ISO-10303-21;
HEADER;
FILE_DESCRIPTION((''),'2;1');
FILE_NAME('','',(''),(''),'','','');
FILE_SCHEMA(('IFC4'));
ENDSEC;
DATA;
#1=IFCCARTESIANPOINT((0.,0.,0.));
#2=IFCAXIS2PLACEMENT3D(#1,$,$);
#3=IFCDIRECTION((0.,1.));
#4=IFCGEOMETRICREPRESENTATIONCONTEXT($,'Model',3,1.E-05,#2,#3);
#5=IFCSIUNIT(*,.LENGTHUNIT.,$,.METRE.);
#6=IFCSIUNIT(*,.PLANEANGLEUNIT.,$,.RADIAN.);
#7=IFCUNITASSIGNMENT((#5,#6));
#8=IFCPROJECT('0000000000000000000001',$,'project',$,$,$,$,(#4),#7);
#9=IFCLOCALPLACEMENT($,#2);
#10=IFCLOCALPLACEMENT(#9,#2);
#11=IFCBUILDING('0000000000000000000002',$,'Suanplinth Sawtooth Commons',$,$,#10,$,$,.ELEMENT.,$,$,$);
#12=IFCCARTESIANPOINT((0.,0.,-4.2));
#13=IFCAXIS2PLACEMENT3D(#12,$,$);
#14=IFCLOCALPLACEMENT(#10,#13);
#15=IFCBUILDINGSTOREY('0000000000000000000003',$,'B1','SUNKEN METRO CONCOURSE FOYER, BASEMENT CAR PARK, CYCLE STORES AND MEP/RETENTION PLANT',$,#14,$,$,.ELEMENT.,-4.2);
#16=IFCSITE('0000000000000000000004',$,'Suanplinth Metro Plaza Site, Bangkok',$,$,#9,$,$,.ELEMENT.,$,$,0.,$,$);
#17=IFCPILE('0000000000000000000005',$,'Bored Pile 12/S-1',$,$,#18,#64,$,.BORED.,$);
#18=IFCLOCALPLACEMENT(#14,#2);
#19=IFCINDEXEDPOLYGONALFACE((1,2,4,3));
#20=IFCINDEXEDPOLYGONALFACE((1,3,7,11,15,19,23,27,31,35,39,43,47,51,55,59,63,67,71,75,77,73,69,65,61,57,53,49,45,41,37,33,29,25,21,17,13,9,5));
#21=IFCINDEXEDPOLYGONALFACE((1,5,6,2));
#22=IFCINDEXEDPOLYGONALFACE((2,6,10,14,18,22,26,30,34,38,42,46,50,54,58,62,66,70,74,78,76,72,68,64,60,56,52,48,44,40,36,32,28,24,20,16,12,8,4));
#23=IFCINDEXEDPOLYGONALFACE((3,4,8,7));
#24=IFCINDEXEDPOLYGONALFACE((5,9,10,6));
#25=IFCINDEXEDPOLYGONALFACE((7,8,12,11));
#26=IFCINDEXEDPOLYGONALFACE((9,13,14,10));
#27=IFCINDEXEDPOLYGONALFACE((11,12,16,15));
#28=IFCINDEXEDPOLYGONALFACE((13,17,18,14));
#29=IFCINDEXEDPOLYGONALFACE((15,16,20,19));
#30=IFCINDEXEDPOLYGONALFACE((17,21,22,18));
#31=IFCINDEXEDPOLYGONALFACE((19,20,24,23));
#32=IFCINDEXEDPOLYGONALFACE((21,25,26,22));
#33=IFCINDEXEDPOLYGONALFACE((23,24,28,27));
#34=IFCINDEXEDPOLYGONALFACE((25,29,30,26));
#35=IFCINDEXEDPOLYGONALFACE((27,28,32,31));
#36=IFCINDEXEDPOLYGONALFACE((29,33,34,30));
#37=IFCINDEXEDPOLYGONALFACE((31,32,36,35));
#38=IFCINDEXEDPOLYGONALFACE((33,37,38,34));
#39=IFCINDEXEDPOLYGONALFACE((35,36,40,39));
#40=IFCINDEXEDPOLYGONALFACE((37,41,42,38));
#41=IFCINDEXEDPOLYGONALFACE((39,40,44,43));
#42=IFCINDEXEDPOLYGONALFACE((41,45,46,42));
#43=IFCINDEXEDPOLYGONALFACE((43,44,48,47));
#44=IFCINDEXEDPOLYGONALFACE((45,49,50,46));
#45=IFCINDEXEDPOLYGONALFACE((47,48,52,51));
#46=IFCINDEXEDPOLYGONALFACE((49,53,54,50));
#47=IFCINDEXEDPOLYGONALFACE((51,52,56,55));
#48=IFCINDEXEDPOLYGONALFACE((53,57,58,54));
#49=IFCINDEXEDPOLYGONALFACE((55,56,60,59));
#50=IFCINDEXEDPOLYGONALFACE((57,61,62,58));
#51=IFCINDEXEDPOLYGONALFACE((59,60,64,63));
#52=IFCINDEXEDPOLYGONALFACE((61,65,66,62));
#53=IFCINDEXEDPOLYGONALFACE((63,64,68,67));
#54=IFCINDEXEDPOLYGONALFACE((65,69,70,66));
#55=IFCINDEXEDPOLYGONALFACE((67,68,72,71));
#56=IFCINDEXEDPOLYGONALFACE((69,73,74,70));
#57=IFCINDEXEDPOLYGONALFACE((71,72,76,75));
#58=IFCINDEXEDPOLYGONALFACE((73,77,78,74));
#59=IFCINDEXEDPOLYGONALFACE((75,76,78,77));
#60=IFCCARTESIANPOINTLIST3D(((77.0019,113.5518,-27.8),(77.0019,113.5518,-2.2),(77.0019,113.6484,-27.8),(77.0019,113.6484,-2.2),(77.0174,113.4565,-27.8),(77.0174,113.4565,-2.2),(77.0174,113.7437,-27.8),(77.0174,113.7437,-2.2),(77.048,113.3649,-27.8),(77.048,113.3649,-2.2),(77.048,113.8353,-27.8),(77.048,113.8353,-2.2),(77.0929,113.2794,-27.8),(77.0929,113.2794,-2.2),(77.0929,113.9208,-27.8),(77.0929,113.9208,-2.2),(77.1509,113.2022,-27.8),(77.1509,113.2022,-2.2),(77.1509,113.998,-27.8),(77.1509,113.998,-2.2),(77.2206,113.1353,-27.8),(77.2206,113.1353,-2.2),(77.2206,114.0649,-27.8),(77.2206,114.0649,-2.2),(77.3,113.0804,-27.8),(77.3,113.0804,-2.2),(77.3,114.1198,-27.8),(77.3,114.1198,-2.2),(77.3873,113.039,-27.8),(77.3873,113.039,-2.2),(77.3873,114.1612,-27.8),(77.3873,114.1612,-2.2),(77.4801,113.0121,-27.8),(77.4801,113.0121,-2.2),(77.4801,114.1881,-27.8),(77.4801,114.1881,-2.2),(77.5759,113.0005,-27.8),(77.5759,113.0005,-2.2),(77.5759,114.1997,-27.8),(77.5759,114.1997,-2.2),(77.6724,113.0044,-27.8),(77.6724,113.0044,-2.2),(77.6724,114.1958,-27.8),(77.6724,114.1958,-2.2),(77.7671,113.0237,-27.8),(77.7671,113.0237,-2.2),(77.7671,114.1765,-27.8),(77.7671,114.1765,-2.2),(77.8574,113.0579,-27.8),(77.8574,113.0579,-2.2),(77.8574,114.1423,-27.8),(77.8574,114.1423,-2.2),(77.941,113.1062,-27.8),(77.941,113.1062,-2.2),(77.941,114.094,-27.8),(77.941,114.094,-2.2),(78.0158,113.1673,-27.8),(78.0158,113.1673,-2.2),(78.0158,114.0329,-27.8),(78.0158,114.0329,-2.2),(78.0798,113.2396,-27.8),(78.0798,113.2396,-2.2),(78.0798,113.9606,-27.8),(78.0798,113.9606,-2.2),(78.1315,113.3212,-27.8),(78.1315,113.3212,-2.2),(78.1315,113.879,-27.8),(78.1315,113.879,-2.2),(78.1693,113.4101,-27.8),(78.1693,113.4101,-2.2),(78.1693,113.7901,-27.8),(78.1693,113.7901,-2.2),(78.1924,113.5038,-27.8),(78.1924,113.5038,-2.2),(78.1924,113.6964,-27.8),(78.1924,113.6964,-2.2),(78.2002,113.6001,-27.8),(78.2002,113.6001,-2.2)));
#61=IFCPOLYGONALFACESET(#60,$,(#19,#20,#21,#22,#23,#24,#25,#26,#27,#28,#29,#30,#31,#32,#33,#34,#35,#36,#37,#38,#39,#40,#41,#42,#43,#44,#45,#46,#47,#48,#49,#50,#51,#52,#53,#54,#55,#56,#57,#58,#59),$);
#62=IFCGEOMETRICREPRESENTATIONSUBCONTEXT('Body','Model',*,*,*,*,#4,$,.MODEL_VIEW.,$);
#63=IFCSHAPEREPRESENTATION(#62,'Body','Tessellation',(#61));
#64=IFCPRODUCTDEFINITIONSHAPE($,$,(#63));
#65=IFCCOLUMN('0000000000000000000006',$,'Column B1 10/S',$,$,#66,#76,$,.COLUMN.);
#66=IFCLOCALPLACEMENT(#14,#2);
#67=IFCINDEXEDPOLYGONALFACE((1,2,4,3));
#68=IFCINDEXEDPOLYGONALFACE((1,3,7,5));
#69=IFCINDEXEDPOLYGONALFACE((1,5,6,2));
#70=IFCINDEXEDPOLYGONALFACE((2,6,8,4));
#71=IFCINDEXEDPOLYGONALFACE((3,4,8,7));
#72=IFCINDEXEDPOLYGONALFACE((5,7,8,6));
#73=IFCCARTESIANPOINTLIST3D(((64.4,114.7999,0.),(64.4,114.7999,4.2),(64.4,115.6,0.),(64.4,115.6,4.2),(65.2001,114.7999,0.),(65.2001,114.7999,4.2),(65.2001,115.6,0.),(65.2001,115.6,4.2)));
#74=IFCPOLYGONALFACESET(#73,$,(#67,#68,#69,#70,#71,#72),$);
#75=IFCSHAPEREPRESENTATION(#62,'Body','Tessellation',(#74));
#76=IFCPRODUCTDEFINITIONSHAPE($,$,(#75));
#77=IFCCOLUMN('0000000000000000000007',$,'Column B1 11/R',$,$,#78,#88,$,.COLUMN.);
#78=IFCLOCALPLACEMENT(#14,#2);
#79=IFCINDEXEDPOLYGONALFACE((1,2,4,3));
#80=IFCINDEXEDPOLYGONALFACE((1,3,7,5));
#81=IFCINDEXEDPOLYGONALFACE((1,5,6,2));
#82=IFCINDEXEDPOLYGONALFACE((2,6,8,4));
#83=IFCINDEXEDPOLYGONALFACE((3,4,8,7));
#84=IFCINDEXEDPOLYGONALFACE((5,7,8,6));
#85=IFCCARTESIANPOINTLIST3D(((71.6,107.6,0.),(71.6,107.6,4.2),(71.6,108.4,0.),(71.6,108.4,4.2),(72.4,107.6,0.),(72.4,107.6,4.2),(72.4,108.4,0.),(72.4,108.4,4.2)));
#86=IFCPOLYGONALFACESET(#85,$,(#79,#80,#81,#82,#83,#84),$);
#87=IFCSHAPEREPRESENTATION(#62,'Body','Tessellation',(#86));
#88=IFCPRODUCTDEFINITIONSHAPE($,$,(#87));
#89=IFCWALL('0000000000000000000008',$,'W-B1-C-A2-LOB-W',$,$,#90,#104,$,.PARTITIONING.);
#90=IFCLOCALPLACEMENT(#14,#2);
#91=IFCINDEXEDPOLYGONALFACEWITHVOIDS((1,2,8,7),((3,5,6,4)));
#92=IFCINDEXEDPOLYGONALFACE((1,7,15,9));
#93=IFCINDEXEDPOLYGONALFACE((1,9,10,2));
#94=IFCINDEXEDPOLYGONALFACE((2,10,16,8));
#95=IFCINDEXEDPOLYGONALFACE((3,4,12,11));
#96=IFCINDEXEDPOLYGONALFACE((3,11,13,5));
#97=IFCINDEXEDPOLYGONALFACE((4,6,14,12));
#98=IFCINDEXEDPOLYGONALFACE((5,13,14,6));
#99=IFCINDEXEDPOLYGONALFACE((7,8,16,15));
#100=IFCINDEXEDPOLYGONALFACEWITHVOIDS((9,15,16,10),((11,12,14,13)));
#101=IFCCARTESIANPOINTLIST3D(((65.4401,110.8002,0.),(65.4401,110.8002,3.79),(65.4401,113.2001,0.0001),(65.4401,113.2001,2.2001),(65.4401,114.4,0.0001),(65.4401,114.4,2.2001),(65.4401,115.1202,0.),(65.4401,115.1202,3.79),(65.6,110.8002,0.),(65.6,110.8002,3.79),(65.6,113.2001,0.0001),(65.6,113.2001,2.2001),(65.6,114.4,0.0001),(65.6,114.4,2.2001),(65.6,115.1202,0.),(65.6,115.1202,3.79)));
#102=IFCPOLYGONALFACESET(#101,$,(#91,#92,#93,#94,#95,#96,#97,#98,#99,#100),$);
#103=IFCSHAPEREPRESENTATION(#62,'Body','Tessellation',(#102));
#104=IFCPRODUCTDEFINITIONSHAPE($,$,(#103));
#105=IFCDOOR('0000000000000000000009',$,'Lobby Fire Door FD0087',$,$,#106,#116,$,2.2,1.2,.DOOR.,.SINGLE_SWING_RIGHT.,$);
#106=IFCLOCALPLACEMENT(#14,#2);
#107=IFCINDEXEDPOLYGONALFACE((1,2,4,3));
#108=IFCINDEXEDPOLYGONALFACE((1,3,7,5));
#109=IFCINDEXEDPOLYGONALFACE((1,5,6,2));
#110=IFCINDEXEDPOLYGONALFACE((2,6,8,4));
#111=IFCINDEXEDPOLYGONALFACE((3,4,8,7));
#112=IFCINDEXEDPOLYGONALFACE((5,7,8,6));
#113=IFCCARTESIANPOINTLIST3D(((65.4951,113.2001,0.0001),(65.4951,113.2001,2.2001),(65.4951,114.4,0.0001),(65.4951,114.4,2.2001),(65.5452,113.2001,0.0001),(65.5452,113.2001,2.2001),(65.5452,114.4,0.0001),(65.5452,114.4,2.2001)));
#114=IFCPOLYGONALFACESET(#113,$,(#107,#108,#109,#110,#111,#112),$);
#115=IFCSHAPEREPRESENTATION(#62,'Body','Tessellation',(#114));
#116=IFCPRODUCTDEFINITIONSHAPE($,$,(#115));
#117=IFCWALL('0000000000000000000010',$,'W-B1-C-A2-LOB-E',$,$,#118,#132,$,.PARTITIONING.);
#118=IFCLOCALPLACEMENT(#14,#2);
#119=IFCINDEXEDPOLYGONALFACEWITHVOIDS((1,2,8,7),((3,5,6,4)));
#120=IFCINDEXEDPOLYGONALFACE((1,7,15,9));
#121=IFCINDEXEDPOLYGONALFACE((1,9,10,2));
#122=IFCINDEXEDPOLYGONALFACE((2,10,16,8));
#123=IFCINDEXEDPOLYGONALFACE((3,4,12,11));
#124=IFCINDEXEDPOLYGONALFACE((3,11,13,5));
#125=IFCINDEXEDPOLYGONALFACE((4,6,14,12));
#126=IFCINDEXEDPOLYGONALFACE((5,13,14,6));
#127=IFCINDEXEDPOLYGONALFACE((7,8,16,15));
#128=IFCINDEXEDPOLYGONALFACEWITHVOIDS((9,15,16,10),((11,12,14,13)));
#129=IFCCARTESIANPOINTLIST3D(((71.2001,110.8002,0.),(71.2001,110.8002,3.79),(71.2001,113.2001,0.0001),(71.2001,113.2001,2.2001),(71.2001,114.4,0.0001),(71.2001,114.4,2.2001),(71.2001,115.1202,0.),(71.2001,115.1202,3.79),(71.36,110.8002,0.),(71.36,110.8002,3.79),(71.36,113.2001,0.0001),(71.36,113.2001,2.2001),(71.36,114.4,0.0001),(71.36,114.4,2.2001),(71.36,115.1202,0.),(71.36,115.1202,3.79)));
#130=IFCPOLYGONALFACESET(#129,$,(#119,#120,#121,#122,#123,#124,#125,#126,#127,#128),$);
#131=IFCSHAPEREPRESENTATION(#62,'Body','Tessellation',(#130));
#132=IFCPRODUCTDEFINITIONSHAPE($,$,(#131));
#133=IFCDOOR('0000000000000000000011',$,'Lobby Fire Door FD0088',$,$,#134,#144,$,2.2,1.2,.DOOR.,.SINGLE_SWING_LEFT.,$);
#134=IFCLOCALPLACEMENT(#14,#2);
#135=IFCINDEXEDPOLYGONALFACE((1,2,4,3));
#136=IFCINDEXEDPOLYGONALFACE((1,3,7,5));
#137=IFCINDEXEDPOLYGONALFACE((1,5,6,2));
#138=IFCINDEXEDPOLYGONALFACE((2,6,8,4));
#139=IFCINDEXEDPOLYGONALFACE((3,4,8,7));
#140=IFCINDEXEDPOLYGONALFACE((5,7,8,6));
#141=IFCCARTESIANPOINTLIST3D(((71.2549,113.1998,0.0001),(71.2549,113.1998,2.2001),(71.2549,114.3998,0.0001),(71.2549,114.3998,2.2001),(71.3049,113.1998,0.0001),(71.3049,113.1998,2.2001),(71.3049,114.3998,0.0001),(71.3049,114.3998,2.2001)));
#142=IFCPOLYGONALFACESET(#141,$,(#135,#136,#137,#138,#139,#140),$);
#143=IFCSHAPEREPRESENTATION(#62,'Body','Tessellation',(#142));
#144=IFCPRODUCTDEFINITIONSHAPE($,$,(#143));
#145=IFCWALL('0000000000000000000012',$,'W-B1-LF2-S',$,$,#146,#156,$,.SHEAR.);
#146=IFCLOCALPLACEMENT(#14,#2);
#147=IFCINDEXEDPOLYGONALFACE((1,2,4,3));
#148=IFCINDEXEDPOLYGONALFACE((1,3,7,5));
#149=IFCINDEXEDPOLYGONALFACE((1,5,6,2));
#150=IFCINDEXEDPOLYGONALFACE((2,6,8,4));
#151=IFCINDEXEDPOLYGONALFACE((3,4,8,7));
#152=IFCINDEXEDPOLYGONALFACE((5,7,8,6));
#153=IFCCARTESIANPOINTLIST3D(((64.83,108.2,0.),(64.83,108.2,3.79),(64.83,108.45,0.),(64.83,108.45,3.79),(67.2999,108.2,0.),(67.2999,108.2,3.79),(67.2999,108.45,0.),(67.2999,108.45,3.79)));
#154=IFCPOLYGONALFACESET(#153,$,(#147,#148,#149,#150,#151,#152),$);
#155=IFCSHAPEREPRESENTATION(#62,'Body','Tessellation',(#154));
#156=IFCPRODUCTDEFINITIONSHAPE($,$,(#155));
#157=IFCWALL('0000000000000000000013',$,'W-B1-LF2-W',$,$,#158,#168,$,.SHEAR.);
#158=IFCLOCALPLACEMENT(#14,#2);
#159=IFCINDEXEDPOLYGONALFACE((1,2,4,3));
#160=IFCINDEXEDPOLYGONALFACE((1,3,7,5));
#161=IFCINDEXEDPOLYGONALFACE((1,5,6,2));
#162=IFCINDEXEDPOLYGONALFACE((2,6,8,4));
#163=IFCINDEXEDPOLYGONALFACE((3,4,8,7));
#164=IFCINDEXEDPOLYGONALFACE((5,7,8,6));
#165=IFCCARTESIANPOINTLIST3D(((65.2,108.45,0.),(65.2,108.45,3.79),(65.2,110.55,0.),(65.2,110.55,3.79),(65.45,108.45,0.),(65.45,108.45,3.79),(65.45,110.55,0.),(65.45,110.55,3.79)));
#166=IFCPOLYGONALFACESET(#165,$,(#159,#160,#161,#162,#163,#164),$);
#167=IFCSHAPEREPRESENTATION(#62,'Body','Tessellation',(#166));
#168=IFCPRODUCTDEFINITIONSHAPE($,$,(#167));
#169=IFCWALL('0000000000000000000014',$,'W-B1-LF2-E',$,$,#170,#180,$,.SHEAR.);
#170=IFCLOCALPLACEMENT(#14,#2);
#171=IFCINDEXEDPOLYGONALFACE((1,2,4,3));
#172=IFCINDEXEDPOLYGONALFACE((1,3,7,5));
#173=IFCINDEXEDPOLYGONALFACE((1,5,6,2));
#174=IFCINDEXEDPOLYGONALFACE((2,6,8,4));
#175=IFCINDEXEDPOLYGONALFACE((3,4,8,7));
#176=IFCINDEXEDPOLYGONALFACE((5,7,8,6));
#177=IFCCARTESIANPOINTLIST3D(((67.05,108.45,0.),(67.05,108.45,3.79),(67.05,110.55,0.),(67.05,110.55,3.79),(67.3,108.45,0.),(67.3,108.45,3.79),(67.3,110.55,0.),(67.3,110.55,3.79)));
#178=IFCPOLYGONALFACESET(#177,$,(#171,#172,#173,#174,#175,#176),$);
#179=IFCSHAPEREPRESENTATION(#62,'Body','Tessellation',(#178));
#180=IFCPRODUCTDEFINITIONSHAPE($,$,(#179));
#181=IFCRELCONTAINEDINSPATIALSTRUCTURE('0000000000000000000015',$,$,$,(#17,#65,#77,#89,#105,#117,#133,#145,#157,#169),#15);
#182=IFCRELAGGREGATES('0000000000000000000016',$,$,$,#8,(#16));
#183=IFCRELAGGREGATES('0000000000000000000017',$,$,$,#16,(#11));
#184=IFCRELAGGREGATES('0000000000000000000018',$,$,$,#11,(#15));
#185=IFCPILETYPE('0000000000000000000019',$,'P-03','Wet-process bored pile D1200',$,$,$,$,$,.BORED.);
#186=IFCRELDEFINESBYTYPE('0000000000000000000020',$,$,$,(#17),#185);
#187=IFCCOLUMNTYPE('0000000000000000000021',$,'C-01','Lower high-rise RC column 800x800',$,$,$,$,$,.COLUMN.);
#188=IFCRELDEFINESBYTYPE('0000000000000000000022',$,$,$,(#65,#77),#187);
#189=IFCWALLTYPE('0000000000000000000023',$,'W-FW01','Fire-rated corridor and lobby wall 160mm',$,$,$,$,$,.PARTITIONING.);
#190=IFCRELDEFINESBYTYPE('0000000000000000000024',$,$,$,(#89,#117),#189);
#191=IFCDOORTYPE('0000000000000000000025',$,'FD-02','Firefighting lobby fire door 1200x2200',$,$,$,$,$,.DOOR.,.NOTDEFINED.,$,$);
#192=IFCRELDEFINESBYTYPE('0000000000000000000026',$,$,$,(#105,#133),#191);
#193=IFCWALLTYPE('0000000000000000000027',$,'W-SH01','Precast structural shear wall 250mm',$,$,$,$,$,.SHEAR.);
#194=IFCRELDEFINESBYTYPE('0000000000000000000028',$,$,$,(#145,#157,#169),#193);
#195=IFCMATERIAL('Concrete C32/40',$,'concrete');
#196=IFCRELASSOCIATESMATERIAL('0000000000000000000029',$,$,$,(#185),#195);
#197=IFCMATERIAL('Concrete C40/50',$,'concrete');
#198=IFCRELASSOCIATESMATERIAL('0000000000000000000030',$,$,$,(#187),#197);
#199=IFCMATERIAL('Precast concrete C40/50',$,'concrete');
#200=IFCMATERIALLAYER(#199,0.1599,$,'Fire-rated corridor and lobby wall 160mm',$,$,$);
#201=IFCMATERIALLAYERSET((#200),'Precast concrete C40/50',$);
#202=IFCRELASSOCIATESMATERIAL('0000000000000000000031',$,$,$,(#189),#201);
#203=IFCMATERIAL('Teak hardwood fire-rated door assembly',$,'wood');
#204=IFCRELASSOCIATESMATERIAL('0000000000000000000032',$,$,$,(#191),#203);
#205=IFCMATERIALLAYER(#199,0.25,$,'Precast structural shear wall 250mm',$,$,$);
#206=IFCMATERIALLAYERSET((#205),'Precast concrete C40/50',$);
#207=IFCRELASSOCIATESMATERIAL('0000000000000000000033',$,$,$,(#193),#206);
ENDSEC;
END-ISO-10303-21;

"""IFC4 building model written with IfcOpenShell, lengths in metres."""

from ifc_helpers import new_model, si_unit, direction, frame, frame_2d, origin, origin_2d, place, context, subcontext, project, spatial, rectangle, circle, extrude, material, layer, layer_set, material_profile, profile_set, type_object, element, fill, save


model = new_model("IFC4")

# Units and contexts
model_context = context("Model", 3, precision=1e-05, world=origin(), true_north=direction((0.0, 1.0)))
body_context = subcontext(model_context, "Body", "Model", "MODEL_VIEW")
ifc_project = project(units=[si_unit("LENGTHUNIT", "METRE"), si_unit("PLANEANGLEUNIT", "RADIAN")], contexts=[model_context])

# Site, building, storey
site_placement = place(None, origin())
site = spatial("IfcSite", under=ifc_project, at=site_placement, Name="Suanplinth Metro Plaza Site, Bangkok", CompositionType="ELEMENT", RefElevation=0.0)
building_placement = place(site_placement, origin())
building = spatial("IfcBuilding", under=site, at=building_placement, Name="Suanplinth Sawtooth Commons", CompositionType="ELEMENT")
storey_placement = place(building_placement, frame((0.0, 0.0, -4.2)))
storey = spatial("IfcBuildingStorey", under=building, at=storey_placement, Name="B1", Description="SUNKEN METRO CONCOURSE FOYER, BASEMENT CAR PARK, CYCLE STORES AND MEP/RETENTION PLANT", CompositionType="ELEMENT", Elevation=-4.2)

# Pile
ifc_material_1 = material(Name="Concrete C32/40", Category="concrete")
ifc_material_profile_1 = material_profile(ifc_material_1, circle(Radius=0.6001, at=origin_2d()), Name="PILE D1200")
ifc_profile_set_1 = profile_set([ifc_material_profile_1], Name="Concrete C32/40")
pile_type = type_object("IfcPileType", Name="P-03", Description="Wet-process bored pile D1200", PredefinedType="BORED", material=ifc_profile_set_1)
pile_1_placement = place(storey_placement, frame((77.6001, 113.6001, -2.2), z_axis=(0.0, 0.0, -1.0), x_axis=(1.0, 0.0, 0.0)))
element("IfcPile", 1, at=pile_1_placement, inside=storey, type_object=pile_type, Name="Bored Pile 12/S-1", PredefinedType="BORED", context=body_context, shape_type="SweptSolid", body=[
    extrude(circle(Radius=0.6001, at=origin_2d()), origin(), (0.0, 0.0, 1.0), 25.6001),
])

# Columns
ifc_material_2 = material(Name="Concrete C40/50", Category="concrete")
ifc_material_profile_2 = material_profile(ifc_material_2, rectangle(XDim=0.8, YDim=0.8, at=origin_2d()), Name="RC-COL 800x800")
ifc_profile_set_2 = profile_set([ifc_material_profile_2], Name="Concrete C40/50")
column_type = type_object("IfcColumnType", Name="C-01", Description="Lower high-rise RC column 800x800", PredefinedType="COLUMN", material=ifc_profile_set_2)
for number, where, z_axis, x_axis, name in (
    (2, (64.8, 115.2, 0.0), (0.0, 0.0, 1.0), (1.0, 0.0, 0.0), "Column B1 10/S"),
    (3, (72.0, 108.0, 0.0), (0.0, 0.0, 1.0), (1.0, 0.0, 0.0), "Column B1 11/R"),
):
    element("IfcColumn", number, at=place(storey_placement, frame(where, z_axis=z_axis, x_axis=x_axis)), inside=storey, type_object=column_type, Name=name, PredefinedType="COLUMN", context=body_context, shape_type="SweptSolid", body=[
        extrude(rectangle(XDim=0.8, YDim=0.8, at=origin_2d()), origin(), (0.0, 0.0, 1.0), 4.2),
    ])

# Walls, openings, doors
ifc_material_3 = material(Name="Precast concrete C40/50", Category="concrete")
ifc_layer_1 = layer(ifc_material_3, 0.1599, Name="Fire-rated corridor and lobby wall 160mm")
ifc_layer_set_1 = layer_set([ifc_layer_1], Name="Precast concrete C40/50")
wall_type_1 = type_object("IfcWallType", Name="W-FW01", Description="Fire-rated corridor and lobby wall 160mm", PredefinedType="PARTITIONING", material=ifc_layer_set_1)
wall_1_placement = place(storey_placement, frame((65.52, 110.8, 0.0), z_axis=(0.0, 0.0, 1.0), x_axis=(0.0, 1.0, 0.0)))
wall_1 = element("IfcWall", 4, at=wall_1_placement, inside=storey, type_object=wall_type_1, Name="W-B1-C-A2-LOB-W", PredefinedType="PARTITIONING", context=body_context, shape_type="SweptSolid", body=[
    extrude(rectangle(XDim=4.3201, YDim=0.1599, at=frame_2d((2.1602, 0.0))), origin(), (0.0, 0.0, 1.0), 3.79),
])
opening_1_placement = place(wall_1_placement, frame((2.3999, 0.0, 0.0)))
opening_1 = element("IfcOpeningElement", 5, at=opening_1_placement, cuts=wall_1, PredefinedType="OPENING", context=body_context, shape_type="SweptSolid", body=[
    extrude(rectangle(XDim=1.2, YDim=2.2, at=frame_2d((0.6001, 1.1001))), frame((0.0, 0.0947, 0.0), z_axis=(0.0, -1.0, 0.0), x_axis=(1.0, 0.0, 0.0)), (0.0, 0.0, 1.0), 0.1897),
])
ifc_material_4 = material(Name="Teak hardwood fire-rated door assembly", Category="wood")
door_type_1 = type_object("IfcDoorType", Name="FD-02", Description="Firefighting lobby fire door 1200x2200", OperationType="NOTDEFINED", PredefinedType="DOOR", material=ifc_material_4)
door_1_placement = place(opening_1_placement, origin())
door_1 = element("IfcDoor", 6, at=door_1_placement, inside=storey, type_object=door_type_1, Name="Lobby Fire Door FD0087", OperationType="SINGLE_SWING_RIGHT", OverallHeight=2.2, OverallWidth=1.2, PredefinedType="DOOR", context=body_context, shape_type="SweptSolid", body=[
    extrude(rectangle(XDim=1.2, YDim=2.2, at=frame_2d((0.6001, 1.1001))), frame((0.0, 0.0249, 0.0), z_axis=(0.0, -1.0, 0.0), x_axis=(1.0, 0.0, 0.0)), (0.0, 0.0, 1.0), 0.05),
])
fill(opening_1, door_1)
wall_2_placement = place(storey_placement, frame((71.28, 110.8, 0.0), z_axis=(0.0, 0.0, 1.0), x_axis=(0.0, 1.0, 0.0)))
wall_2 = element("IfcWall", 7, at=wall_2_placement, inside=storey, type_object=wall_type_1, Name="W-B1-C-A2-LOB-E", PredefinedType="PARTITIONING", context=body_context, shape_type="SweptSolid", body=[
    extrude(rectangle(XDim=4.3201, YDim=0.1599, at=frame_2d((2.1602, 0.0))), origin(), (0.0, 0.0, 1.0), 3.79),
])
opening_2_placement = place(wall_2_placement, frame((2.3999, 0.0, 0.0)))
opening_2 = element("IfcOpeningElement", 8, at=opening_2_placement, cuts=wall_2, PredefinedType="OPENING", context=body_context, shape_type="SweptSolid", body=[
    extrude(rectangle(XDim=1.2, YDim=2.2, at=frame_2d((0.6001, 1.1001))), frame((0.0, 0.0947, 0.0), z_axis=(0.0, -1.0, 0.0), x_axis=(1.0, 0.0, 0.0)), (0.0, 0.0, 1.0), 0.1897),
])
door_2_placement = place(opening_2_placement, frame((1.2, 0.0, 0.0), z_axis=(0.0, 0.0, 1.0), x_axis=(-1.0, 0.0, 0.0)))
door_2 = element("IfcDoor", 9, at=door_2_placement, inside=storey, type_object=door_type_1, Name="Lobby Fire Door FD0088", OperationType="SINGLE_SWING_LEFT", OverallHeight=2.2, OverallWidth=1.2, PredefinedType="DOOR", context=body_context, shape_type="SweptSolid", body=[
    extrude(rectangle(XDim=1.2, YDim=2.2, at=frame_2d((0.6001, 1.1001))), frame((0.0, 0.0249, 0.0), z_axis=(0.0, -1.0, 0.0), x_axis=(1.0, 0.0, 0.0)), (0.0, 0.0, 1.0), 0.05),
])
fill(opening_2, door_2)

# Wall
ifc_layer_2 = layer(ifc_material_3, 0.25, Name="Precast structural shear wall 250mm")
ifc_layer_set_2 = layer_set([ifc_layer_2], Name="Precast concrete C40/50")
wall_type_2 = type_object("IfcWallType", Name="W-SH01", Description="Precast structural shear wall 250mm", PredefinedType="SHEAR", material=ifc_layer_set_2)
wall_3_placement = place(storey_placement, frame((64.8301, 108.325, 0.0), z_axis=(0.0, 0.0, 1.0), x_axis=(1.0, 0.0, 0.0)))
element("IfcWall", 10, at=wall_3_placement, inside=storey, type_object=wall_type_2, Name="W-B1-LF2-S", PredefinedType="SHEAR", context=body_context, shape_type="SweptSolid", body=[
    extrude(rectangle(XDim=2.47, YDim=0.25, at=frame_2d((1.2349, 0.0))), origin(), (0.0, 0.0, 1.0), 3.79),
])

# Walls
for number, where, z_axis, x_axis, name in (
    (11, (65.325, 108.45, 0.0), (0.0, 0.0, 1.0), (0.0, 1.0, 0.0), "W-B1-LF2-W"),
    (12, (67.175, 108.45, 0.0), (0.0, 0.0, 1.0), (0.0, 1.0, 0.0), "W-B1-LF2-E"),
):
    element("IfcWall", number, at=place(storey_placement, frame(where, z_axis=z_axis, x_axis=x_axis)), inside=storey, type_object=wall_type_2, Name=name, PredefinedType="SHEAR", context=body_context, shape_type="SweptSolid", body=[
        extrude(rectangle(XDim=2.1001, YDim=0.25, at=frame_2d((1.05, 0.0))), origin(), (0.0, 0.0, 1.0), 3.79),
    ])

save(model, "model.ifc")
